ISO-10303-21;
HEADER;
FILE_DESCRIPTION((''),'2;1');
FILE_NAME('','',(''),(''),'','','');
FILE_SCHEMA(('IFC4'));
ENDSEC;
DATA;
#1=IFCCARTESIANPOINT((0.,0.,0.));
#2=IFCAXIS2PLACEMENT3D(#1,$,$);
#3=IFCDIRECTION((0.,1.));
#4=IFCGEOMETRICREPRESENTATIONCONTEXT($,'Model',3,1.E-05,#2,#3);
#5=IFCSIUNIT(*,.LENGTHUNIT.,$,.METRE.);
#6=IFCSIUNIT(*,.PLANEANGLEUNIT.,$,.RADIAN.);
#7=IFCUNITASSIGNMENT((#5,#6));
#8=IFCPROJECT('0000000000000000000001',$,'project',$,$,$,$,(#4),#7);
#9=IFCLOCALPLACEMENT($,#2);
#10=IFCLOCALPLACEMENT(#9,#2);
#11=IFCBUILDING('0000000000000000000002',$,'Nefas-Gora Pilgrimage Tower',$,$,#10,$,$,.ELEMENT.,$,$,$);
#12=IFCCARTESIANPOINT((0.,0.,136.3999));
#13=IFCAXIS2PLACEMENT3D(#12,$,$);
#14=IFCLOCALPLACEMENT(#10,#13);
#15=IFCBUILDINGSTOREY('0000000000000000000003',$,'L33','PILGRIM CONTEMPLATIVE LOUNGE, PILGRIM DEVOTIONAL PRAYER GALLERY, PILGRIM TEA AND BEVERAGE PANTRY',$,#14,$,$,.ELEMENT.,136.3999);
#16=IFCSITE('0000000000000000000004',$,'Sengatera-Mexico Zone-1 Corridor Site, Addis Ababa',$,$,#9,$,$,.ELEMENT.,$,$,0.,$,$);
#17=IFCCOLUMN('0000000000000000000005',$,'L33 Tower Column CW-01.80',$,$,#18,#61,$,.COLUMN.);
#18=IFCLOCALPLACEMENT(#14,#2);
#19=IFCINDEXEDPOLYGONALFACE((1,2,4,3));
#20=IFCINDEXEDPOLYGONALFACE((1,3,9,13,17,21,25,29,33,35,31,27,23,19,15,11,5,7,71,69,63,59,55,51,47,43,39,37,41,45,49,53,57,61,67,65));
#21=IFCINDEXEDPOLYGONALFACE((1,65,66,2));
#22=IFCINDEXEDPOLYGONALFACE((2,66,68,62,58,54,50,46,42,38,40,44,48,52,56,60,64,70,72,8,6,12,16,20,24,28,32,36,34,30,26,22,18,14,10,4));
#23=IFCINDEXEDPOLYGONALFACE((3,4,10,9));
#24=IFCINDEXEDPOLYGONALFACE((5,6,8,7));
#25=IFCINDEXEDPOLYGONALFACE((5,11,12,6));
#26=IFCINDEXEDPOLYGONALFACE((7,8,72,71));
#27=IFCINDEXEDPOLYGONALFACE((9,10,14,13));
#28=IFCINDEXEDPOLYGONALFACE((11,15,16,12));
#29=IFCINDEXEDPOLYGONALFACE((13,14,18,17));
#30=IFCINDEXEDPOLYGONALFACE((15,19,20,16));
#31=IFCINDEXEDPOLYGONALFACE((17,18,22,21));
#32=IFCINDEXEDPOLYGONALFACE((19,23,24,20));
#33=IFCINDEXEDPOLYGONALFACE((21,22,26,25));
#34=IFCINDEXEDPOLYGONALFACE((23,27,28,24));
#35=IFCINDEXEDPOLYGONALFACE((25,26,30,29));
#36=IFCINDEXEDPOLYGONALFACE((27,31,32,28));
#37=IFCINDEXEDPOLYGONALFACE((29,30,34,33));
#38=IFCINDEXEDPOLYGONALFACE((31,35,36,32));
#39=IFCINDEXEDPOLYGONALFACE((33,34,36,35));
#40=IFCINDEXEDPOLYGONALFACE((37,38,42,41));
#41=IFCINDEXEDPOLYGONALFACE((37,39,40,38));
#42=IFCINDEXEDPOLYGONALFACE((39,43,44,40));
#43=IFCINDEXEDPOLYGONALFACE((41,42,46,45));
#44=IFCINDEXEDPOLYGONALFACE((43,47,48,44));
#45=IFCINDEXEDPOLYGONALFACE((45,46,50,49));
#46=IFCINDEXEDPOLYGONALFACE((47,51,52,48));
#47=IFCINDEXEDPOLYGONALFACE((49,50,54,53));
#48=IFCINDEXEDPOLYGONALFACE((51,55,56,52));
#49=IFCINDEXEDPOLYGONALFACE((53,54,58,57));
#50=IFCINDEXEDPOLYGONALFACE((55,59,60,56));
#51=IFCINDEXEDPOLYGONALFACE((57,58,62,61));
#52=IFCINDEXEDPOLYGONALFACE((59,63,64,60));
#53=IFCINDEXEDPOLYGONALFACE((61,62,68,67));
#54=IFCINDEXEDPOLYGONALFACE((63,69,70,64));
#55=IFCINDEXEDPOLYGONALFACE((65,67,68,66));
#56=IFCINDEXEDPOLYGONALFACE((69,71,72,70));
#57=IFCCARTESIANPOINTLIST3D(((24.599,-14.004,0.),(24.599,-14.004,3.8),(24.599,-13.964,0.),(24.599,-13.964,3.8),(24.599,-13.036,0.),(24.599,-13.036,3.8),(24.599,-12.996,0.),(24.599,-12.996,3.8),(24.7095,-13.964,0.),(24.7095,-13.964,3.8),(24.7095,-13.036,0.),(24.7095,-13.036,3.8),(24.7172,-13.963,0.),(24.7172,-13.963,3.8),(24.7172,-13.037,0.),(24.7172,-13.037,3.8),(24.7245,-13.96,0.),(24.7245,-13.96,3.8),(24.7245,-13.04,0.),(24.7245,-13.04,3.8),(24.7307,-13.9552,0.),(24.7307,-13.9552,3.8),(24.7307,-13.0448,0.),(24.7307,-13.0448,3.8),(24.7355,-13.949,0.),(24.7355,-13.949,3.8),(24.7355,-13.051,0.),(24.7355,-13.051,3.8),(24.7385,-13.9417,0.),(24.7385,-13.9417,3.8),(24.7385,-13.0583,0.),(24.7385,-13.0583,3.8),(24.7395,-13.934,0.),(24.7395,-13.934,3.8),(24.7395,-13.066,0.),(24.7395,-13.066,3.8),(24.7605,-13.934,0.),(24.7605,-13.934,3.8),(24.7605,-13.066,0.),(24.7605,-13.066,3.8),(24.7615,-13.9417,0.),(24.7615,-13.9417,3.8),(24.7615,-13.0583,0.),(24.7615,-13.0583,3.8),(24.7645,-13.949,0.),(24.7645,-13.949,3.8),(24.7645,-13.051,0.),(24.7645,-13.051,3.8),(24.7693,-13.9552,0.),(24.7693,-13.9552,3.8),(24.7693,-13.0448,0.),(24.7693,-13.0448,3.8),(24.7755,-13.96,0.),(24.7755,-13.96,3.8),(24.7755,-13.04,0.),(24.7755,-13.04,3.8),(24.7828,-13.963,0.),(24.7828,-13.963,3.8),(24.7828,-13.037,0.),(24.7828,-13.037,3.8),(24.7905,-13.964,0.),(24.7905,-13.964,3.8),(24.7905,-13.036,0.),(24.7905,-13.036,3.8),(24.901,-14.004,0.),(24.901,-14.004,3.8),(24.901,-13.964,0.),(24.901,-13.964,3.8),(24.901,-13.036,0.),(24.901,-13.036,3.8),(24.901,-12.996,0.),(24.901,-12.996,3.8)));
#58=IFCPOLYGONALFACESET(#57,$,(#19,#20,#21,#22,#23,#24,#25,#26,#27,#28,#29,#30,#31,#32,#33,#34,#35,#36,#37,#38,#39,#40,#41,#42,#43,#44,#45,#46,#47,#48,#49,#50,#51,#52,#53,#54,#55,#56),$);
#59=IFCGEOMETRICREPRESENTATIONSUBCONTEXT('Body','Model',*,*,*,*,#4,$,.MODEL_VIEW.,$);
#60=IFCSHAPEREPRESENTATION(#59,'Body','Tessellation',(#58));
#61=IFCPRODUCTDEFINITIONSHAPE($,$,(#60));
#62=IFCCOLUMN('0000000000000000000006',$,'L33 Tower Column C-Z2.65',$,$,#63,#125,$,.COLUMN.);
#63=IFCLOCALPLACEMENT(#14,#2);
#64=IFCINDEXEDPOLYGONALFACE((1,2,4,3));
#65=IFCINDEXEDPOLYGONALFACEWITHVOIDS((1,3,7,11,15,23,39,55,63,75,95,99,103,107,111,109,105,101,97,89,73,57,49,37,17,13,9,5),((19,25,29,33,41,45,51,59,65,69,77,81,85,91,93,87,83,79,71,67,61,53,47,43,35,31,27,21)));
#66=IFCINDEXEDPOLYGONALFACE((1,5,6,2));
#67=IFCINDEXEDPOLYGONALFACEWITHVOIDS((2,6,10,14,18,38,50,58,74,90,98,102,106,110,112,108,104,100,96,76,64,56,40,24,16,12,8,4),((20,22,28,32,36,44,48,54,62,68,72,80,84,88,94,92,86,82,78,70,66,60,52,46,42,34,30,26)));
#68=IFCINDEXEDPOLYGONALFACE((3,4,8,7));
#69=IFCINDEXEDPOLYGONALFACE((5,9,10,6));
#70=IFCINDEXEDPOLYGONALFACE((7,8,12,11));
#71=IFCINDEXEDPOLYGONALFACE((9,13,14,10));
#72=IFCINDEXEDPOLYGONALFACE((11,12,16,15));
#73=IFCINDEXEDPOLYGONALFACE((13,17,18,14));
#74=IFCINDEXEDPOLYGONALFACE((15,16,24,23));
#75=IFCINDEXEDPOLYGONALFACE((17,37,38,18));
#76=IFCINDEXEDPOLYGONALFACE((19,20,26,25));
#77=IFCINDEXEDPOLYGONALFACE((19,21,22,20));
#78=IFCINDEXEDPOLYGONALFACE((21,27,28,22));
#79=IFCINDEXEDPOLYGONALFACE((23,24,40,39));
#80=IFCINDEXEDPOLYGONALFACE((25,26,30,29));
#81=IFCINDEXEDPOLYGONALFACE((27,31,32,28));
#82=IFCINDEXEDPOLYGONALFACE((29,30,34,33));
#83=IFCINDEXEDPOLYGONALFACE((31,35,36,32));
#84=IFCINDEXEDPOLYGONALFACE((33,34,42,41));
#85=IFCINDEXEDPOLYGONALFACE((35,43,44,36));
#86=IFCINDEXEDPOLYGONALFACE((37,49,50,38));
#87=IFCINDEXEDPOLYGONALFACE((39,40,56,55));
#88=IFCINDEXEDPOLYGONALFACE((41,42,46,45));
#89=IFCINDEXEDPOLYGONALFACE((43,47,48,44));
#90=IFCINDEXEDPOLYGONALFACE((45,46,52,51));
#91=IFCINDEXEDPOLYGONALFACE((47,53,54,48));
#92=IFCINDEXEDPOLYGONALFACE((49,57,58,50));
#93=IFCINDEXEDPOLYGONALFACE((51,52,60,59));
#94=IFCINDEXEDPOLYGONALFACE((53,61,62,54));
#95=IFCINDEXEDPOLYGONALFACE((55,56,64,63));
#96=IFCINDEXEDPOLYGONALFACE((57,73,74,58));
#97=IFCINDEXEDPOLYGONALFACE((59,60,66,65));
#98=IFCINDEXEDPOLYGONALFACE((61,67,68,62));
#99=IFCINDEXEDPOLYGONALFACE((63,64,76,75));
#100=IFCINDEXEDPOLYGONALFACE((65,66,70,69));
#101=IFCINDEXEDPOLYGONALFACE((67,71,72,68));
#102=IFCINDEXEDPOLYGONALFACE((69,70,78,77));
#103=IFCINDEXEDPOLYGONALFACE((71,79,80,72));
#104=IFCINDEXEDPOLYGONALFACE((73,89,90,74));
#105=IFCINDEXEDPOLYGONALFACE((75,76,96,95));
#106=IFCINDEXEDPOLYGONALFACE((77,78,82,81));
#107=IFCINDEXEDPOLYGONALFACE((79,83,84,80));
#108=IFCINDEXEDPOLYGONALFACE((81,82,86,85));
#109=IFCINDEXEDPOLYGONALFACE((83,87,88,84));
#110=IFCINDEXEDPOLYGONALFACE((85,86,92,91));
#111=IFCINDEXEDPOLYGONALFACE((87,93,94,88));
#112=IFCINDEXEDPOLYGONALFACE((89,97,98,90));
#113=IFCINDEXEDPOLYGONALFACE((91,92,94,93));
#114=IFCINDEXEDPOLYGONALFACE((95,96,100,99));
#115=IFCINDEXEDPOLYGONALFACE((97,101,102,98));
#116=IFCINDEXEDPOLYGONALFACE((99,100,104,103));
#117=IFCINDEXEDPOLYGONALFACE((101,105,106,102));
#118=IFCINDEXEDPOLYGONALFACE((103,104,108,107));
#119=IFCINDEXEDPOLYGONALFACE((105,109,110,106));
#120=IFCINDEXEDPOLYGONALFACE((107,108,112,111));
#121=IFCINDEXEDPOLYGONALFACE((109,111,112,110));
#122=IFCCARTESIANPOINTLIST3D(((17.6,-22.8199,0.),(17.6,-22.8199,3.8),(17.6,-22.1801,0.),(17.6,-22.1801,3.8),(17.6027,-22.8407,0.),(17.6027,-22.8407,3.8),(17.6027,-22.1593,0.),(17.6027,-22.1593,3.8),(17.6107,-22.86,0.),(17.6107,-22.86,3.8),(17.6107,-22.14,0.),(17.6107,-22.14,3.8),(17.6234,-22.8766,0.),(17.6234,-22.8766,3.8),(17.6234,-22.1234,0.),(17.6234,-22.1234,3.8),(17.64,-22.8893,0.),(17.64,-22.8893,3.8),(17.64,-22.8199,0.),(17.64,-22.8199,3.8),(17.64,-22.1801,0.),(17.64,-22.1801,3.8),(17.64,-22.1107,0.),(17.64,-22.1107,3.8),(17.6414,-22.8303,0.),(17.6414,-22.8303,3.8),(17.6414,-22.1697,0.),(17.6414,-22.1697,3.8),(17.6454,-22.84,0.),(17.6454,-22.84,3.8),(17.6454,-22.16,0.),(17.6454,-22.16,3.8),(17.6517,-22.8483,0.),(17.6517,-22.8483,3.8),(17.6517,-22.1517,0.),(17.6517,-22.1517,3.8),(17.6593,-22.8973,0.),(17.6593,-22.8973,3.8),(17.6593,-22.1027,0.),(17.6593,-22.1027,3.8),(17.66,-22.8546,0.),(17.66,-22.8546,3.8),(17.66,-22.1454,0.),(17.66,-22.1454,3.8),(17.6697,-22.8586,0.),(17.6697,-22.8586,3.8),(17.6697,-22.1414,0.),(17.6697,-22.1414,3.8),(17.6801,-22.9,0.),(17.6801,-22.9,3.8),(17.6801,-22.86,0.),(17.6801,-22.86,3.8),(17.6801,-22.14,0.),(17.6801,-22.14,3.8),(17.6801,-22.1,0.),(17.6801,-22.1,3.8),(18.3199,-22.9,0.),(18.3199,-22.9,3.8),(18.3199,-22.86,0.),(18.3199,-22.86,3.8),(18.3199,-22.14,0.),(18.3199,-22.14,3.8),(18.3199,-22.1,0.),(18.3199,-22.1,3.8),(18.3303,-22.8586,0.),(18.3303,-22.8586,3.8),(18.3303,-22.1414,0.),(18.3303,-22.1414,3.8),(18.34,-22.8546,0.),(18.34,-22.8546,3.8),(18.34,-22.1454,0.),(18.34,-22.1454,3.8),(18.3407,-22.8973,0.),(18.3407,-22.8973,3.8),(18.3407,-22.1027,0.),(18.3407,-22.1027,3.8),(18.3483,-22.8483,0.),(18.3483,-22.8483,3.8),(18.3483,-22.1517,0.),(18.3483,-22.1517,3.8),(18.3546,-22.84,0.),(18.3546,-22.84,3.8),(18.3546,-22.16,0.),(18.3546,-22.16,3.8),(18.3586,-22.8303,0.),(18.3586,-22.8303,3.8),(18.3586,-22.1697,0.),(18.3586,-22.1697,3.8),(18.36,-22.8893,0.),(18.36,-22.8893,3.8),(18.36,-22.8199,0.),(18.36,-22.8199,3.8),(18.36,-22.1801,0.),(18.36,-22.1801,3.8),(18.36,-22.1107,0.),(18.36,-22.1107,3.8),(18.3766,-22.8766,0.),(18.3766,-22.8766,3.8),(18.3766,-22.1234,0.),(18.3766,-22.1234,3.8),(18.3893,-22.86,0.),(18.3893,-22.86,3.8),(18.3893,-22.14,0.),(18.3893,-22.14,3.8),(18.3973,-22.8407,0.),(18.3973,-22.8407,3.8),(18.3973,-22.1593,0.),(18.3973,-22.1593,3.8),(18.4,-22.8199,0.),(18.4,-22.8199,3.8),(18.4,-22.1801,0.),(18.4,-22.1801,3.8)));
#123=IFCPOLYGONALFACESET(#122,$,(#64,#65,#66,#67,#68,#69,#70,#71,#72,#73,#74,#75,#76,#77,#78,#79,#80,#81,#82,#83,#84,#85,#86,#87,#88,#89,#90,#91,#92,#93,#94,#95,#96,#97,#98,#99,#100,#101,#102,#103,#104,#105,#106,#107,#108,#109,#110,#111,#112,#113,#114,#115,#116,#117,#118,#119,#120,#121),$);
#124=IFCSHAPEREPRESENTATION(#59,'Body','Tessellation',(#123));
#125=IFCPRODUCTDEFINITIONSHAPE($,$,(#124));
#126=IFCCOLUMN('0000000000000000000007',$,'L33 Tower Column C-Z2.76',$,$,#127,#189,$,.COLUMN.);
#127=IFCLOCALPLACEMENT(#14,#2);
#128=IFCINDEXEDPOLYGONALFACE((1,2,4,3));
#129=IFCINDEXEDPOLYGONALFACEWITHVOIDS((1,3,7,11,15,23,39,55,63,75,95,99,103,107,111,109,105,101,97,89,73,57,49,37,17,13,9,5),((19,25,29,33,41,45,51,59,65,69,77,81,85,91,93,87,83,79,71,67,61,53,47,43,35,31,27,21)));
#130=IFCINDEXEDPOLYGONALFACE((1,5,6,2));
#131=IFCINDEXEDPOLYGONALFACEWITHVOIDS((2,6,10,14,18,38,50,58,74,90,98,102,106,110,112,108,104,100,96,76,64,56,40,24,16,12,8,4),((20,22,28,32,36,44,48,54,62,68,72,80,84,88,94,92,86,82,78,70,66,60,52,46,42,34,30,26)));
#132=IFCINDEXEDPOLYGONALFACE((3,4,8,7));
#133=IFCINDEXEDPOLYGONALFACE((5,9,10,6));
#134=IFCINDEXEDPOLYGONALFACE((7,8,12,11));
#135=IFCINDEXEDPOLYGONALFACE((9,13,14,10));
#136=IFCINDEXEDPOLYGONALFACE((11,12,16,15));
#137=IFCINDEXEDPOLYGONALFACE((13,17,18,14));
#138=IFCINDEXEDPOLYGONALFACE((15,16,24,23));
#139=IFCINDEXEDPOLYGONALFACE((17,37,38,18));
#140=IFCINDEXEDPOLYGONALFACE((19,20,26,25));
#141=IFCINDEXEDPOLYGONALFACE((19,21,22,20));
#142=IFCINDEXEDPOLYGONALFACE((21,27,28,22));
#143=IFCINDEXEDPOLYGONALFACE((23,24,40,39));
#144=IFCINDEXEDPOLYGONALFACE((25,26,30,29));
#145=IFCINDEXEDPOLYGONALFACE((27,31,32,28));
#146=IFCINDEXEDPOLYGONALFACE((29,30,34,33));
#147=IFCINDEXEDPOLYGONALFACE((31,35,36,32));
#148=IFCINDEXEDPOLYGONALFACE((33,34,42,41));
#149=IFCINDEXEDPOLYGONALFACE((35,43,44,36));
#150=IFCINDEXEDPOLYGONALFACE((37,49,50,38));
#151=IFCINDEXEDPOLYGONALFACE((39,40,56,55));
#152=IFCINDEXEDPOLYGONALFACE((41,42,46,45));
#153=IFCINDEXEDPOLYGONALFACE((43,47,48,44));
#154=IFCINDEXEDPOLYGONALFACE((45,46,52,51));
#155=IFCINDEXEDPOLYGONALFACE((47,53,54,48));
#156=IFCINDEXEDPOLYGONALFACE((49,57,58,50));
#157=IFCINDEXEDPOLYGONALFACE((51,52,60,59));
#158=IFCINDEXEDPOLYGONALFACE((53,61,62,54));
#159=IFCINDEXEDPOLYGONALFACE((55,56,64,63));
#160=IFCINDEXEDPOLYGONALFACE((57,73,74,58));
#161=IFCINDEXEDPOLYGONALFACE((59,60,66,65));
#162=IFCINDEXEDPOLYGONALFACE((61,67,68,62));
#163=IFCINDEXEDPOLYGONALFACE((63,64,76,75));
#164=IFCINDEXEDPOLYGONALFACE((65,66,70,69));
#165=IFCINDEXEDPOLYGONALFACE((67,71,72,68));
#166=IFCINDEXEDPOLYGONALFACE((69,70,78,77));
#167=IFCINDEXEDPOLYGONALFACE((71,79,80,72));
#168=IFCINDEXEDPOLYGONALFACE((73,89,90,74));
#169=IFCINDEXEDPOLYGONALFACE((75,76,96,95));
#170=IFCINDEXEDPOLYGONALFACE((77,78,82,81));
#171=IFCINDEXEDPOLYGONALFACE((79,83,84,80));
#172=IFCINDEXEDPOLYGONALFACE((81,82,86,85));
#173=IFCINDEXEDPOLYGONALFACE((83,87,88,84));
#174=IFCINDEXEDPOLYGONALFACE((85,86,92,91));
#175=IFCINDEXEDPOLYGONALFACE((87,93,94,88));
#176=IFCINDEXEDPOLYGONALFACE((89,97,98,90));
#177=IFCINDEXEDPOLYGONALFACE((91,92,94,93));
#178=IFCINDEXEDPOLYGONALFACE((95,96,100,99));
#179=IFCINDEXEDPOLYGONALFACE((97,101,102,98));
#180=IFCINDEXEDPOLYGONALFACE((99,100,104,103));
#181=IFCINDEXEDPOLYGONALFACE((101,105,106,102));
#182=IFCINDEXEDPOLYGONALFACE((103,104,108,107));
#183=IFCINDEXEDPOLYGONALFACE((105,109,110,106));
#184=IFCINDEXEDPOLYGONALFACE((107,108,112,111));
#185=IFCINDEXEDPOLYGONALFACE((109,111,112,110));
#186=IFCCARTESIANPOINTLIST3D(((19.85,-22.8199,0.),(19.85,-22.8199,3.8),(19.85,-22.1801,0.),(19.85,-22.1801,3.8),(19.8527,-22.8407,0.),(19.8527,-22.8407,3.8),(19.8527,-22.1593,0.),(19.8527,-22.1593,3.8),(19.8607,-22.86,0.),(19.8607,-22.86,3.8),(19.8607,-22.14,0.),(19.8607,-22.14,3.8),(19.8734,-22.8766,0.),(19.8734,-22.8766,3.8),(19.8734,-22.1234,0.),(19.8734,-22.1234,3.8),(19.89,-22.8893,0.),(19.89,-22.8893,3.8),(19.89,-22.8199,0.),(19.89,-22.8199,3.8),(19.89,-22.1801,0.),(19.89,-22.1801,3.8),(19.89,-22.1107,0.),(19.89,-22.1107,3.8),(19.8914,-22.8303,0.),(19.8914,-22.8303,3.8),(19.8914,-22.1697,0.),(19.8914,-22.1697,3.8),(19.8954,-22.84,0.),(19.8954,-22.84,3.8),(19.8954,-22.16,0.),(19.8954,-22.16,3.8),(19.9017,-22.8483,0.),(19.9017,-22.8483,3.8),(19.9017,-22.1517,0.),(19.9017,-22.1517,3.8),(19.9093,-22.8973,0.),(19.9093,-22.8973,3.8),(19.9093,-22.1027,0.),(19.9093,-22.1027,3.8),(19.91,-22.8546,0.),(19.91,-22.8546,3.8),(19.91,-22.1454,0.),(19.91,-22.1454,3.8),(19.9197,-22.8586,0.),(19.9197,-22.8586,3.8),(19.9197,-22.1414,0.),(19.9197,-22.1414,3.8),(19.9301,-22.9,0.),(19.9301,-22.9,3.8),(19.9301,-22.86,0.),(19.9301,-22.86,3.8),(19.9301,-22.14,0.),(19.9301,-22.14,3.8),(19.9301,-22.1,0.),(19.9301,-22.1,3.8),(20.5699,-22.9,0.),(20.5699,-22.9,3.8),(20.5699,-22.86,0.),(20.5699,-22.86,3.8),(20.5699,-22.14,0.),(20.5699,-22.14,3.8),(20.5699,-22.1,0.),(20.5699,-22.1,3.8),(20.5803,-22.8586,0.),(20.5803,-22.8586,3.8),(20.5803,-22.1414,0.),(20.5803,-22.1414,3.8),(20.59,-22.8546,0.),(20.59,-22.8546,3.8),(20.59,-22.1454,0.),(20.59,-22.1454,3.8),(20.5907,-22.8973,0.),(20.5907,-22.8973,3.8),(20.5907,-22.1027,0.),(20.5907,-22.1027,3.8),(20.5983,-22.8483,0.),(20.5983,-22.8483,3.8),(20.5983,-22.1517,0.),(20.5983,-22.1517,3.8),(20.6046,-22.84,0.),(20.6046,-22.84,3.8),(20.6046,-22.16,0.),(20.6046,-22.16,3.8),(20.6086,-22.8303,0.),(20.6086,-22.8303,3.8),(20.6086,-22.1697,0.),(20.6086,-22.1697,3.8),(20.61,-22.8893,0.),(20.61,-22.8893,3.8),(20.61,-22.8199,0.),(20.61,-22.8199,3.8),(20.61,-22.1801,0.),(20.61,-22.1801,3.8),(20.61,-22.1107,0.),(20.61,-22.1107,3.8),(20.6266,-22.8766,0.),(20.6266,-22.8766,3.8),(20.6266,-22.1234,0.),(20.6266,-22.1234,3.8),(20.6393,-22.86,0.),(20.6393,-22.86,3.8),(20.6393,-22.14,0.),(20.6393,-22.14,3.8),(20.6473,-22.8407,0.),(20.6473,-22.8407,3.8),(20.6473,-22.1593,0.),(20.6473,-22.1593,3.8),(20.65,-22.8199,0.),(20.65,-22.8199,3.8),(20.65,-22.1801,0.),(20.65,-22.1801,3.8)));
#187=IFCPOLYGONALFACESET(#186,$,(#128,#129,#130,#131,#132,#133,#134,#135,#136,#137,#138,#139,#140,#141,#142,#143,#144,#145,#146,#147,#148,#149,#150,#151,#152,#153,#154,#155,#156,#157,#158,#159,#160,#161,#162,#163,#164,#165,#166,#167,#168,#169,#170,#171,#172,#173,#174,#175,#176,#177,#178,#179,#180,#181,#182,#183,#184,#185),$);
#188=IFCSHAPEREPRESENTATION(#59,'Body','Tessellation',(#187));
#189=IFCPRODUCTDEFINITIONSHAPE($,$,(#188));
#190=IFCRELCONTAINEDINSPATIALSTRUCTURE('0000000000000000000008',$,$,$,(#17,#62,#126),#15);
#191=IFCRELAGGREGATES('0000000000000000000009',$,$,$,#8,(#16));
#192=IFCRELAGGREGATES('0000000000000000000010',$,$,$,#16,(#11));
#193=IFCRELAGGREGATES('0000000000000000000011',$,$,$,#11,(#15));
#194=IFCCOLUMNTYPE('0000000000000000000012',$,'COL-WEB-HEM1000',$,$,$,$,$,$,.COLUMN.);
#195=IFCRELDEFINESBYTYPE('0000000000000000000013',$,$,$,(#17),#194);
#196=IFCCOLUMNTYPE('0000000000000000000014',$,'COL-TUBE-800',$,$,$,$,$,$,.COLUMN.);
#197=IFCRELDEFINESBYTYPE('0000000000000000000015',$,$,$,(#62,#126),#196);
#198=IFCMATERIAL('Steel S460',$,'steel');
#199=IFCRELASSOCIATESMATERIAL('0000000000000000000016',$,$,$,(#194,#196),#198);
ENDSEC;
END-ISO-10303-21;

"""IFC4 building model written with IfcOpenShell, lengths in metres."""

from ifc_helpers import new_model, si_unit, direction, frame, origin, origin_2d, place, context, subcontext, project, spatial, hollow_rectangle, i_section, extrude, source, transform, mapped, material, material_profile, profile_set, type_object, element, save


model = new_model("IFC4")

# Units and contexts
model_context = context("Model", 3, precision=1e-05, world=origin(), true_north=direction((0.0, 1.0)))
body_context = subcontext(model_context, "Body", "Model", "MODEL_VIEW")
ifc_project = project(units=[si_unit("LENGTHUNIT", "METRE"), si_unit("PLANEANGLEUNIT", "RADIAN")], contexts=[model_context])

# Site, building, storey
site_placement = place(None, origin())
site = spatial("IfcSite", under=ifc_project, at=site_placement, Name="Sengatera-Mexico Zone-1 Corridor Site, Addis Ababa", CompositionType="ELEMENT", RefElevation=0.0)
building_placement = place(site_placement, origin())
building = spatial("IfcBuilding", under=site, at=building_placement, Name="Nefas-Gora Pilgrimage Tower", CompositionType="ELEMENT")
storey_placement = place(building_placement, frame((0.0, 0.0, 136.3999)))
storey = spatial("IfcBuildingStorey", under=building, at=storey_placement, Name="L33", Description="PILGRIM CONTEMPLATIVE LOUNGE, PILGRIM DEVOTIONAL PRAYER GALLERY, PILGRIM TEA AND BEVERAGE PANTRY", CompositionType="ELEMENT", Elevation=136.3999)

# Columns
ifc_material_1 = material(Name="Steel S460", Category="steel")
ifc_material_profile_1 = material_profile(ifc_material_1, i_section(OverallWidth=0.302, OverallDepth=1.0081, WebThickness=0.021, FlangeThickness=0.04, FilletRadius=0.03, at=origin_2d()), Name="HEM 1000")
ifc_profile_set_1 = profile_set([ifc_material_profile_1], Name="Steel S460")
column_type_1 = type_object("IfcColumnType", Name="COL-WEB-HEM1000", PredefinedType="COLUMN", material=ifc_profile_set_1)
shared_shape_1 = source(origin(), body_context, "Body", "SweptSolid", [
    extrude(i_section(OverallWidth=0.302, OverallDepth=1.0081, WebThickness=0.021, FlangeThickness=0.04, FilletRadius=0.03, at=origin_2d()), origin(), (0.0, 0.0, 1.0), 3.8),
])
for number, where, z_axis, x_axis, name in (
    (1, (24.75, -13.5, 0.0), (0.0, 0.0, 1.0), (1.0, 0.0, 0.0), "L33 Tower Column CW-01.80"),
):
    element("IfcColumn", number, at=place(storey_placement, frame(where, z_axis=z_axis, x_axis=x_axis)), inside=storey, type_object=column_type_1, Name=name, PredefinedType="COLUMN", context=body_context, shape_type="MappedRepresentation", body=[
        mapped(shared_shape_1, transform((0.0, 0.0, 0.0), x_axis=(1.0, 0.0, 0.0), y_axis=(0.0, 1.0, 0.0), z_axis=(0.0, 0.0, 1.0), scale=1.0)),
    ])
ifc_material_profile_2 = material_profile(ifc_material_1, hollow_rectangle(XDim=0.8, YDim=0.8, WallThickness=0.04, InnerFilletRadius=0.04, OuterFilletRadius=0.0801, at=origin_2d()), Name="BOX 800x800x40")
ifc_profile_set_2 = profile_set([ifc_material_profile_2], Name="Steel S460")
column_type_2 = type_object("IfcColumnType", Name="COL-TUBE-800", PredefinedType="COLUMN", material=ifc_profile_set_2)
shared_shape_2 = source(origin(), body_context, "Body", "SweptSolid", [
    extrude(hollow_rectangle(XDim=0.8, YDim=0.8, WallThickness=0.04, InnerFilletRadius=0.04, OuterFilletRadius=0.0801, at=origin_2d()), origin(), (0.0, 0.0, 1.0), 3.8),
])
for number, where, z_axis, x_axis, name in (
    (2, (18.0, -22.5, 0.0), (0.0, 0.0, 1.0), (1.0, 0.0, 0.0), "L33 Tower Column C-Z2.65"),
    (3, (20.25, -22.5, 0.0), (0.0, 0.0, 1.0), (1.0, 0.0, 0.0), "L33 Tower Column C-Z2.76"),
):
    element("IfcColumn", number, at=place(storey_placement, frame(where, z_axis=z_axis, x_axis=x_axis)), inside=storey, type_object=column_type_2, Name=name, PredefinedType="COLUMN", context=body_context, shape_type="MappedRepresentation", body=[
        mapped(shared_shape_2, transform((0.0, 0.0, 0.0), x_axis=(1.0, 0.0, 0.0), y_axis=(0.0, 1.0, 0.0), z_axis=(0.0, 0.0, 1.0), scale=1.0)),
    ])

save(model, "model.ifc")
